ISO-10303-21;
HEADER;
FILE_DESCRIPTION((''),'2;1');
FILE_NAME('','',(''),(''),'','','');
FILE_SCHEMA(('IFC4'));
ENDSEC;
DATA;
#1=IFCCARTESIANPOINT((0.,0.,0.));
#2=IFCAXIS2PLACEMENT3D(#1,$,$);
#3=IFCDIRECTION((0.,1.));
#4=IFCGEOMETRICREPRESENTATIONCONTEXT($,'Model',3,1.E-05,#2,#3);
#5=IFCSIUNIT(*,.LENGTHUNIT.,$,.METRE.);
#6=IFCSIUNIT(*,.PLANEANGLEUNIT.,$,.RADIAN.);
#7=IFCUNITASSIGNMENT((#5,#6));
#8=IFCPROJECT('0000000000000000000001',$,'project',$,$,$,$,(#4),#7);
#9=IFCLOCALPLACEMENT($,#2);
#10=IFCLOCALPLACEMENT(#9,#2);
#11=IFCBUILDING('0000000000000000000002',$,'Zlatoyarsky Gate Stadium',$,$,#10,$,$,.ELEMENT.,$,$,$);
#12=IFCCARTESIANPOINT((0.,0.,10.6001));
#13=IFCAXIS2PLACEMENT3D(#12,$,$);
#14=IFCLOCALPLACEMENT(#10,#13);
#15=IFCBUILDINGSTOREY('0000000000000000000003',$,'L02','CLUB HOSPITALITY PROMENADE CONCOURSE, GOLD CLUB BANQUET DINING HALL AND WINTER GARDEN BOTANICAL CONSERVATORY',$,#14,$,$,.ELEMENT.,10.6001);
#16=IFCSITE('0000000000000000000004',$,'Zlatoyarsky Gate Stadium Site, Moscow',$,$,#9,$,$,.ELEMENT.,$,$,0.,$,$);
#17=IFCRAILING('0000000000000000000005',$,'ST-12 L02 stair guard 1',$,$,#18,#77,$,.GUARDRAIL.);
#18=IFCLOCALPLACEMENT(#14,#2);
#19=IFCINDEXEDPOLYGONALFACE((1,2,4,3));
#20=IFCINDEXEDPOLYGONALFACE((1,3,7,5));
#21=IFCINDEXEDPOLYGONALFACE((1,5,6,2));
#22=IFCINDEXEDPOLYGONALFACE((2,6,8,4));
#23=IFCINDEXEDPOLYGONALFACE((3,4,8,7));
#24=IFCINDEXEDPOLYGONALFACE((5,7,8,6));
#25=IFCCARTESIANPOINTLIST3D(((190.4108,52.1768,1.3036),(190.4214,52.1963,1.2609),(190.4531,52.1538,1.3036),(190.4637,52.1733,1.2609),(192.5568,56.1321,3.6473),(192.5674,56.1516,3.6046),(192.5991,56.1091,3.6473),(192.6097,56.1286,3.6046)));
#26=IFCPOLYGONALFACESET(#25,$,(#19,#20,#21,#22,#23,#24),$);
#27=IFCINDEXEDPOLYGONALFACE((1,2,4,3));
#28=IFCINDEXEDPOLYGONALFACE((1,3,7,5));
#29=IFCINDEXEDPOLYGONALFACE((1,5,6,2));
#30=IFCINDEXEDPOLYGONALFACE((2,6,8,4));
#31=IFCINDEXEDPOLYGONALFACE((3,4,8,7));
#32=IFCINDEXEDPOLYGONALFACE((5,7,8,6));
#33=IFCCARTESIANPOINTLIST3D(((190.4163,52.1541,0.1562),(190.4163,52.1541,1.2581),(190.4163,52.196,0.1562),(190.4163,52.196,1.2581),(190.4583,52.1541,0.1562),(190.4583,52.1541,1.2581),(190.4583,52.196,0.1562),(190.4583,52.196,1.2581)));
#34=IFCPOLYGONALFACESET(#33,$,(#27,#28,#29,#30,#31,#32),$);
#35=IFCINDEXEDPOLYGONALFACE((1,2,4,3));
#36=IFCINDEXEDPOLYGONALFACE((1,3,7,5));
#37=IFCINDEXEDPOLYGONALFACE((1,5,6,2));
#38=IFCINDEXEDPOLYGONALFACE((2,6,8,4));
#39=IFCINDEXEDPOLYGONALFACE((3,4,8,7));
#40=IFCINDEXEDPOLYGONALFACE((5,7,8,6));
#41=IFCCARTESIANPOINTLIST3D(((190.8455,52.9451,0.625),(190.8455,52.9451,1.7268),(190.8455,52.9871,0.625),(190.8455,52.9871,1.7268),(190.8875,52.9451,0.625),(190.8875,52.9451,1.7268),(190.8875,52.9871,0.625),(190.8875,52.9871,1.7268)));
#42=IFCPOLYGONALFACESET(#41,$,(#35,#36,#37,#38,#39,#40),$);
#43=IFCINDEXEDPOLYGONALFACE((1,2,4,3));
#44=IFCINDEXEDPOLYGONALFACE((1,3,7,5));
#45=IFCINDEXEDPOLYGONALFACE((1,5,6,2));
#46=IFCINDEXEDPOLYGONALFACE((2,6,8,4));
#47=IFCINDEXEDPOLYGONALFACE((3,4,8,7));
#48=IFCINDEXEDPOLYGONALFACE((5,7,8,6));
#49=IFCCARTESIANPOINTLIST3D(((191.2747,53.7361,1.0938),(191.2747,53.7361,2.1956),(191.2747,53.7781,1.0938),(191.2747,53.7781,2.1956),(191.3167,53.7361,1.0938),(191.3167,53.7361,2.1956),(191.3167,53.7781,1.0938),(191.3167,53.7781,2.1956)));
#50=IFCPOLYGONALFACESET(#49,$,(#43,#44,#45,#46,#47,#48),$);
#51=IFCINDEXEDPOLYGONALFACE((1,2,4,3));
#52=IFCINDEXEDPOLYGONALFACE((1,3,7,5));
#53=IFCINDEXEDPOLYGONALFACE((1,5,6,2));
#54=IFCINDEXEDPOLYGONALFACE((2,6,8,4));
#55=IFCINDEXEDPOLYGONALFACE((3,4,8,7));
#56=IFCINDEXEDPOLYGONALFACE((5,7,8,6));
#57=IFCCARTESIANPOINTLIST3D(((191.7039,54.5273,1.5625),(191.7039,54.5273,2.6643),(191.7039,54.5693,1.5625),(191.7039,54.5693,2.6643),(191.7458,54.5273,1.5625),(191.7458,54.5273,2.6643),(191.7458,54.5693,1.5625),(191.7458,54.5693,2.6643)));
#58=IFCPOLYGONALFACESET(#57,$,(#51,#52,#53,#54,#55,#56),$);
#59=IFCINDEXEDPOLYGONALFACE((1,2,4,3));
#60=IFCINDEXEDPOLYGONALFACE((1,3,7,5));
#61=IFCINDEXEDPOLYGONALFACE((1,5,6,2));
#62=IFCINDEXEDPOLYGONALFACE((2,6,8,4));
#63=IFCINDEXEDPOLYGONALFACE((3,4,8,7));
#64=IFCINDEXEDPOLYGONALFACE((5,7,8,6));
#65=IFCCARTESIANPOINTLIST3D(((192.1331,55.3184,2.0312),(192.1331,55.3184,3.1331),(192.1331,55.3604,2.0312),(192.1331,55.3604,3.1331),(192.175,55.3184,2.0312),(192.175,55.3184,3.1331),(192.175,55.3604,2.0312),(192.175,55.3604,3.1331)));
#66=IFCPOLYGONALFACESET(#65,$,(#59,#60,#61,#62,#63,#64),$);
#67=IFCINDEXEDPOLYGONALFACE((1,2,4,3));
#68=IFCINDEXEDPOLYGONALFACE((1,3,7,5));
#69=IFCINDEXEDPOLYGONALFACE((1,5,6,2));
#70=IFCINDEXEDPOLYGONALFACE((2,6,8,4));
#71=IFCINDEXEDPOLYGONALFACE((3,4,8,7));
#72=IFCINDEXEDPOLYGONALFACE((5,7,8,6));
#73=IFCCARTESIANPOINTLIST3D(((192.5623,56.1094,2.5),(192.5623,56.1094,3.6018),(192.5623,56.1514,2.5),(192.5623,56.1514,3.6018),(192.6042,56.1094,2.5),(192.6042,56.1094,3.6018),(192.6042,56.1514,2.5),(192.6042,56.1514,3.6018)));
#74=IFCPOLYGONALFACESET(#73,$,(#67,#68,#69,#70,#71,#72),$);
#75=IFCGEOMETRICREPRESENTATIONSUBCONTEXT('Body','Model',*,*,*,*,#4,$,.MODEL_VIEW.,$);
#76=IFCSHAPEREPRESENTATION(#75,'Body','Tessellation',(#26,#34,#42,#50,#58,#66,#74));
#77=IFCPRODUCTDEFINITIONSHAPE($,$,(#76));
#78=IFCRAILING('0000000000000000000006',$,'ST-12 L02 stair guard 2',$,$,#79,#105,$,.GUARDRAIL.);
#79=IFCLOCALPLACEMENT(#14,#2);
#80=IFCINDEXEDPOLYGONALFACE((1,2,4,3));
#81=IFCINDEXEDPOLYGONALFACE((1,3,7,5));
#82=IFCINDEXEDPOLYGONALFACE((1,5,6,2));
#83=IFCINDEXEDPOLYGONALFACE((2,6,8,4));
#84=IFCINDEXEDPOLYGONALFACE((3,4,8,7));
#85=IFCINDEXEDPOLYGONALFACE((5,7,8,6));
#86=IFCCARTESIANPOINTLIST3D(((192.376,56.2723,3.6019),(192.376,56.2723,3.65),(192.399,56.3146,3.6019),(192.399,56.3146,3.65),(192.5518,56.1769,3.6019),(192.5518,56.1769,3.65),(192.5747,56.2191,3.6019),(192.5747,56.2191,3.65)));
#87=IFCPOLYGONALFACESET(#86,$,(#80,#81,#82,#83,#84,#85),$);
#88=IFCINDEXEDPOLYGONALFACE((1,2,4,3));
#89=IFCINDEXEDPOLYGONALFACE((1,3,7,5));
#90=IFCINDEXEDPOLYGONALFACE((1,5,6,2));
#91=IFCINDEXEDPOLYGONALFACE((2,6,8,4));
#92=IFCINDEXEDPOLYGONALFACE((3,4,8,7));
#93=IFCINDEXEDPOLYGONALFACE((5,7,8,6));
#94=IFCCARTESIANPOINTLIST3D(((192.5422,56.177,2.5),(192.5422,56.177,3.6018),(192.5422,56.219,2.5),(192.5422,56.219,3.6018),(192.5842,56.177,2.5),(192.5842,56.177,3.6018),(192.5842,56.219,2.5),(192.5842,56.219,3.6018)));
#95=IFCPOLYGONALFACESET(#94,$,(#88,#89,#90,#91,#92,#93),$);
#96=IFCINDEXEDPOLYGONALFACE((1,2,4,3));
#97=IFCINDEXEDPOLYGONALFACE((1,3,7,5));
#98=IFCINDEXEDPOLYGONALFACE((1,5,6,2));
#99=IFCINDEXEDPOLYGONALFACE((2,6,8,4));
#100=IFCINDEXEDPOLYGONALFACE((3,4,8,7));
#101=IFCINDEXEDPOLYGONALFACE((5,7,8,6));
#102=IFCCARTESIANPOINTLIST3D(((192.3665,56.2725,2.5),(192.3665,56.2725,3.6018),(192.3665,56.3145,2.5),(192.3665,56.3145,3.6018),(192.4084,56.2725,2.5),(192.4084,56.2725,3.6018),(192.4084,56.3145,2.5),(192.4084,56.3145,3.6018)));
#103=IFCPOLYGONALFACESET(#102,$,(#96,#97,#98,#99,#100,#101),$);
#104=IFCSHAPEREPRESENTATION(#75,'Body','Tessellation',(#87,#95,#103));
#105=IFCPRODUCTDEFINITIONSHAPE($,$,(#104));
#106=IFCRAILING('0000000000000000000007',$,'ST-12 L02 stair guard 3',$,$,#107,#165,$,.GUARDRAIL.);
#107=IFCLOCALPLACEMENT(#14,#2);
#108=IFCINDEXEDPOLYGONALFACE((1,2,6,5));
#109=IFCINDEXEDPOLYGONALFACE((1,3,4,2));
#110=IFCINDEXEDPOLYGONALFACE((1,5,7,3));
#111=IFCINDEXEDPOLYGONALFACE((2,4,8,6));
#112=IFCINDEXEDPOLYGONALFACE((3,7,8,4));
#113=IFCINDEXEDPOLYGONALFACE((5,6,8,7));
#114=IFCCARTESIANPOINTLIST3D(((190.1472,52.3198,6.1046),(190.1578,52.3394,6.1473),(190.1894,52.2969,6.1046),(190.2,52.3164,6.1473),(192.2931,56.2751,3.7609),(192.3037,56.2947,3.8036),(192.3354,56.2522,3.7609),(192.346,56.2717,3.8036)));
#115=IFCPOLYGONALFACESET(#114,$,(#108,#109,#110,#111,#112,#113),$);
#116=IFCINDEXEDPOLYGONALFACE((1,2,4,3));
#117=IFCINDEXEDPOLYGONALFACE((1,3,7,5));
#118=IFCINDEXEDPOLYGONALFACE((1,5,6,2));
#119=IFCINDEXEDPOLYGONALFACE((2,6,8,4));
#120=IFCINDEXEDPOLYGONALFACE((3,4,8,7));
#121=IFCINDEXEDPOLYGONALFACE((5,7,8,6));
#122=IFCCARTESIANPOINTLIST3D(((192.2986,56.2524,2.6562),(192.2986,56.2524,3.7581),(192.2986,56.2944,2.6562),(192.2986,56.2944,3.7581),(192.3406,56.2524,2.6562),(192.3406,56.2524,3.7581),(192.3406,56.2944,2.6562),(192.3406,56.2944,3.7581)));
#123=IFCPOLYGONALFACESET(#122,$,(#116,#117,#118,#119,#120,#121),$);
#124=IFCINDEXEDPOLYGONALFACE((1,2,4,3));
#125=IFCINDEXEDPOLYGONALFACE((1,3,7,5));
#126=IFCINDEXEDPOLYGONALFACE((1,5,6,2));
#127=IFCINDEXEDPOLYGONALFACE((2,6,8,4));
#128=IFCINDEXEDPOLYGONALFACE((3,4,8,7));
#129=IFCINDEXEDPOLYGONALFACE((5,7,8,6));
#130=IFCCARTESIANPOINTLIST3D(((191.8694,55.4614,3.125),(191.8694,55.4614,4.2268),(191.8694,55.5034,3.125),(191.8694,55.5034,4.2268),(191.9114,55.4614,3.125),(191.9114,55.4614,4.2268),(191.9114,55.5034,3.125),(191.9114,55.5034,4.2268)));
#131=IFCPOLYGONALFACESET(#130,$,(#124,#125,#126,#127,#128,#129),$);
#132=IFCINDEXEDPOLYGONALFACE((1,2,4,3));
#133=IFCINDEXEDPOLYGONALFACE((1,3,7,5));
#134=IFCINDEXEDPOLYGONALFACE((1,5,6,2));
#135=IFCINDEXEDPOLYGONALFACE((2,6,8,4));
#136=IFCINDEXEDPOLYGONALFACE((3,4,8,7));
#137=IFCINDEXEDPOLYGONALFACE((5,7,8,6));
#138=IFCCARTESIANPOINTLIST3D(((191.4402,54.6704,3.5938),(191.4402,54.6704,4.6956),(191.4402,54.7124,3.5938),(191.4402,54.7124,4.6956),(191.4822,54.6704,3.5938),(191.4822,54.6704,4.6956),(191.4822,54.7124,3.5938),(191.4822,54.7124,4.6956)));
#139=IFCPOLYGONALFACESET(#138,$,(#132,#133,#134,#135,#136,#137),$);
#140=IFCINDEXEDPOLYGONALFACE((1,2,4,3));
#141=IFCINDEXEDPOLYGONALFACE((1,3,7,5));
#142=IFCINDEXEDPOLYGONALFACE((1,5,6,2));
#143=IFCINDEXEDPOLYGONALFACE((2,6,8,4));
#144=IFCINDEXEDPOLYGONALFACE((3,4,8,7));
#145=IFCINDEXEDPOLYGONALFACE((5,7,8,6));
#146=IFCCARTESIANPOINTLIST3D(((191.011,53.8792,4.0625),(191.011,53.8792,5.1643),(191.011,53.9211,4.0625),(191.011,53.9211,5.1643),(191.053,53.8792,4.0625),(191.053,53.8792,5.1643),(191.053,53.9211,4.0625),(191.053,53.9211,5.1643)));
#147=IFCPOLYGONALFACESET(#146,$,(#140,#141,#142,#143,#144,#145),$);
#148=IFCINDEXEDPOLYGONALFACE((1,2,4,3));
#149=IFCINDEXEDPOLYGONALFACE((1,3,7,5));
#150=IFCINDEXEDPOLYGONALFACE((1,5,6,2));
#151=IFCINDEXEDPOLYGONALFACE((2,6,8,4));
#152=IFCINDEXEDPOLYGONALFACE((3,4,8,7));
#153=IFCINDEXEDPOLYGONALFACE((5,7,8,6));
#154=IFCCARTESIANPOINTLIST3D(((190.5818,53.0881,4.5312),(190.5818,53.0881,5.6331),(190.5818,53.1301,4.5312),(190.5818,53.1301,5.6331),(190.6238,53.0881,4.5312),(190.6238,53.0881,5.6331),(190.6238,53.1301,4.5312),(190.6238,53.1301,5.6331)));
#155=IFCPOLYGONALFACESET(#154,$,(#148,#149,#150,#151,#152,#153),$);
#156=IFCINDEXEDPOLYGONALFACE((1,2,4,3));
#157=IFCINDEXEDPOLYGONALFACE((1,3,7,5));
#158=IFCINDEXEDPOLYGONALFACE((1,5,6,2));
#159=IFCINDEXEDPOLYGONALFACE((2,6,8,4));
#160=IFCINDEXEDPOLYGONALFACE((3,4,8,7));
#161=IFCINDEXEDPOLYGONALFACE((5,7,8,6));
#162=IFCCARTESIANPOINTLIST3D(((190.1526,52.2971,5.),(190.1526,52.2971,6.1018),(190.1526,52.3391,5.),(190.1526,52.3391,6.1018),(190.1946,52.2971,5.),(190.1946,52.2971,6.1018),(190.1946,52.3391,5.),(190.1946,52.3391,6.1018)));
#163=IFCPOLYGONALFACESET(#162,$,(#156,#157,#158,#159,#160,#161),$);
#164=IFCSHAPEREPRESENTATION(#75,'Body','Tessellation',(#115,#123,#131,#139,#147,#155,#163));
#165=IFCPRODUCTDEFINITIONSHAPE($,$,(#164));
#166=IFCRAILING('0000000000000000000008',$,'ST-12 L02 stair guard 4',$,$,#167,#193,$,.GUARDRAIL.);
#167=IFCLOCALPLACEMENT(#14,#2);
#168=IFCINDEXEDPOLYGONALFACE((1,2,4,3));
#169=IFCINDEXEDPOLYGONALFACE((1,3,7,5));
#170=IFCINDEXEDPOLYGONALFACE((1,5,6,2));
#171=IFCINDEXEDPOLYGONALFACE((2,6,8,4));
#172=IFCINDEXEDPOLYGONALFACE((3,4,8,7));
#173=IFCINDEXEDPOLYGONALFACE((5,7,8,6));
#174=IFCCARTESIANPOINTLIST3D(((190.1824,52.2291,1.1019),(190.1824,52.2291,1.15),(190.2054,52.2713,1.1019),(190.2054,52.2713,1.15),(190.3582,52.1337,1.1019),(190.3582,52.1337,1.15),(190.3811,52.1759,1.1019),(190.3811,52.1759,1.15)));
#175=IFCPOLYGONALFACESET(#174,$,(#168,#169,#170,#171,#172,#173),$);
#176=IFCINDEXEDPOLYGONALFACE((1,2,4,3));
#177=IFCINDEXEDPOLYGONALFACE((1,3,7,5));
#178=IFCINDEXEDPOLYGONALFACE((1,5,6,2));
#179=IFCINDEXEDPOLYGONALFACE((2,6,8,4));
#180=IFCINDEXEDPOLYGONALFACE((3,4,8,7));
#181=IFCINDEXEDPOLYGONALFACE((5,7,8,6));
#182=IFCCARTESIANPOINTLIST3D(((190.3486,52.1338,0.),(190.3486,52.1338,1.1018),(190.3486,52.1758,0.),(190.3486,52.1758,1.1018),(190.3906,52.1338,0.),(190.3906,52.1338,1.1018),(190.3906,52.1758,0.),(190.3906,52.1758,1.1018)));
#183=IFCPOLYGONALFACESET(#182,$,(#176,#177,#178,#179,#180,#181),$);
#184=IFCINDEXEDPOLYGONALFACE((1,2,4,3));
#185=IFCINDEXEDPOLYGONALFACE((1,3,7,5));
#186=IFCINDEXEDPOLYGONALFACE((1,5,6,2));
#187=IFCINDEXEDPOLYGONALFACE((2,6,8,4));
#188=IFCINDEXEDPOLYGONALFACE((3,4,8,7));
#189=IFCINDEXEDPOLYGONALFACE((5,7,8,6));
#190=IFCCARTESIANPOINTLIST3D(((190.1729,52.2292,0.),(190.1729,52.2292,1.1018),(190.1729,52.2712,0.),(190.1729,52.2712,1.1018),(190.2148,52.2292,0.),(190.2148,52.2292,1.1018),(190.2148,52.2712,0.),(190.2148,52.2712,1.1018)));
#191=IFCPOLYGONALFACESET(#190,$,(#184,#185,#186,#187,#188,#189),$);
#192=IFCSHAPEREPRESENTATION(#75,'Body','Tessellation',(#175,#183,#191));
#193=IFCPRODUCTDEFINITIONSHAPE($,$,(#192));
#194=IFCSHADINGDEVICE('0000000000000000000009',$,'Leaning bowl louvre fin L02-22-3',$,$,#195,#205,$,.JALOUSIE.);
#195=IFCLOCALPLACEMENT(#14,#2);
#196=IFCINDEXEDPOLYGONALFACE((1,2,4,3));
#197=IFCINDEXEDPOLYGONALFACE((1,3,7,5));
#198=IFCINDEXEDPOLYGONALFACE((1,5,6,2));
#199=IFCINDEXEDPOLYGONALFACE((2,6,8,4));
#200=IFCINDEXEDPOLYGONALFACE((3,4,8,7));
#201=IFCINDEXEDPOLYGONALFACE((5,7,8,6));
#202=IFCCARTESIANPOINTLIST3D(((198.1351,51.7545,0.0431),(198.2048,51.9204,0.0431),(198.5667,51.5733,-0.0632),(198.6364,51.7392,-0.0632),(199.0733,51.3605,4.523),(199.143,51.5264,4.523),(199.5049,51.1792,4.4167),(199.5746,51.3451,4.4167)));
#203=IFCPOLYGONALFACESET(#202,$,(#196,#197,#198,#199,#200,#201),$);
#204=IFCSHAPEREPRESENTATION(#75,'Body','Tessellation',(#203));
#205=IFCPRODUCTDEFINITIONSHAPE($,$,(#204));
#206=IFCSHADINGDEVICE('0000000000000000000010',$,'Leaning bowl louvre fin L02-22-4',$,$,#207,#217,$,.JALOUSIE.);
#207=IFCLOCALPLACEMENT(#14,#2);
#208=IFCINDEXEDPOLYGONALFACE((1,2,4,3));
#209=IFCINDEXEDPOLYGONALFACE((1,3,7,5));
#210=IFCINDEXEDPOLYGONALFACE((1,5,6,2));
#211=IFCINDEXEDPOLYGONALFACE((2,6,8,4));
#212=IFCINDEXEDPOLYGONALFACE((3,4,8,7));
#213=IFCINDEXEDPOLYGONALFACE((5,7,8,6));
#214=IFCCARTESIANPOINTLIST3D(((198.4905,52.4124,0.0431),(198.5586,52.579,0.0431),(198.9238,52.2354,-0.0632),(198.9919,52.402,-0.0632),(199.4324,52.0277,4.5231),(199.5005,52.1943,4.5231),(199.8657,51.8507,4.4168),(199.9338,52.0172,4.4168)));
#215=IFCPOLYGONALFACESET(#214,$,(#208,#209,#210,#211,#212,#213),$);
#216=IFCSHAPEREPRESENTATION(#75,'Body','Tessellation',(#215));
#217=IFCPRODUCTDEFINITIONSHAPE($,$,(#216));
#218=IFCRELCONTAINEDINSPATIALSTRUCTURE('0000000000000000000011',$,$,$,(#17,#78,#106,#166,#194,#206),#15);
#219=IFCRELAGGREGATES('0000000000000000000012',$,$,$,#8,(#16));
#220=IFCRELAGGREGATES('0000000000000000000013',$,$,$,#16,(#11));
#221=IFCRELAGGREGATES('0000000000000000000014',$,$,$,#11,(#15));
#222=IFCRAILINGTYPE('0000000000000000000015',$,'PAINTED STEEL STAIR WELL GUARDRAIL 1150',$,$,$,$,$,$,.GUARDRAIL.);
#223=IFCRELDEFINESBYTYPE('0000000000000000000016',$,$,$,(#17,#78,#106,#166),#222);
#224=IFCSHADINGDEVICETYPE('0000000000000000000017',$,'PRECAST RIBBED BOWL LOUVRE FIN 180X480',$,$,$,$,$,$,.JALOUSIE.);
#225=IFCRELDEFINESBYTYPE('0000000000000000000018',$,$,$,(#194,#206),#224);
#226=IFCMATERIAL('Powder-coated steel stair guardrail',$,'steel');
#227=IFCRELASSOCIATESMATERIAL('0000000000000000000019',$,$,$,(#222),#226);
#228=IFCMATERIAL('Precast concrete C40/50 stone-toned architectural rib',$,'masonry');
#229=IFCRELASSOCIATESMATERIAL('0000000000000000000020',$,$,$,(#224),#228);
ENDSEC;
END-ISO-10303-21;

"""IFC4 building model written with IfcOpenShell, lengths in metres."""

from ifc_helpers import new_model, si_unit, direction, frame, origin, origin_2d, place, context, subcontext, project, spatial, rectangle, extrude, material, material_profile, profile_set, type_object, element, save


model = new_model("IFC4")

# Units and contexts
model_context = context("Model", 3, precision=1e-05, world=origin(), true_north=direction((0.0, 1.0)))
body_context = subcontext(model_context, "Body", "Model", "MODEL_VIEW")
ifc_project = project(units=[si_unit("LENGTHUNIT", "METRE"), si_unit("PLANEANGLEUNIT", "RADIAN")], contexts=[model_context])

# Site, building, storey
site_placement = place(None, origin())
site = spatial("IfcSite", under=ifc_project, at=site_placement, Name="Zlatoyarsky Gate Stadium Site, Moscow", CompositionType="ELEMENT", RefElevation=0.0)
building_placement = place(site_placement, origin())
building = spatial("IfcBuilding", under=site, at=building_placement, Name="Zlatoyarsky Gate Stadium", CompositionType="ELEMENT")
storey_placement = place(building_placement, frame((0.0, 0.0, 10.6001)))
storey = spatial("IfcBuildingStorey", under=building, at=storey_placement, Name="L02", Description="CLUB HOSPITALITY PROMENADE CONCOURSE, GOLD CLUB BANQUET DINING HALL AND WINTER GARDEN BOTANICAL CONSERVATORY", CompositionType="ELEMENT", Elevation=10.6001)

# Railings
ifc_material_1 = material(Name="Powder-coated steel stair guardrail", Category="steel")
railing_type_1 = type_object("IfcRailingType", Name="PAINTED STEEL STAIR WELL GUARDRAIL 1150", PredefinedType="GUARDRAIL", material=ifc_material_1)
railing_1_placement = place(storey_placement, frame((190.4373, 52.175, 0.1562)))
element("IfcRailing", 1, at=railing_1_placement, inside=storey, type_object=railing_type_1, Name="ST-12 L02 stair guard 1", PredefinedType="GUARDRAIL", context=body_context, shape_type="SweptSolid", body=[
    extrude(rectangle(XDim=0.0481, YDim=0.0481, at=origin_2d()), frame((0.0, 0.0, 1.126), z_axis=(0.42296, 0.779564, 0.461936), x_axis=(-0.878963, 0.47689, 0.0)), (0.0, 0.0, 1.0), 5.0737),
    extrude(rectangle(XDim=0.042, YDim=0.042, at=origin_2d()), origin(), (0.0, 0.0, 1.0), 1.1018),
    extrude(rectangle(XDim=0.042, YDim=0.042, at=origin_2d()), frame((0.4292, 0.791, 0.4688)), (0.0, 0.0, 1.0), 1.1018),
    extrude(rectangle(XDim=0.042, YDim=0.042, at=origin_2d()), frame((0.8584, 1.582, 0.9375)), (0.0, 0.0, 1.0), 1.1018),
    extrude(rectangle(XDim=0.042, YDim=0.042, at=origin_2d()), frame((1.2876, 2.3733, 1.4062)), (0.0, 0.0, 1.0), 1.1018),
    extrude(rectangle(XDim=0.042, YDim=0.042, at=origin_2d()), frame((1.7168, 3.1643, 1.875)), (0.0, 0.0, 1.0), 1.1018),
    extrude(rectangle(XDim=0.042, YDim=0.042, at=origin_2d()), frame((2.146, 3.9553, 2.3438)), (0.0, 0.0, 1.0), 1.1018),
])
railing_2_placement = place(storey_placement, frame((192.5632, 56.198, 2.5)))
element("IfcRailing", 2, at=railing_2_placement, inside=storey, type_object=railing_type_1, Name="ST-12 L02 stair guard 2", PredefinedType="GUARDRAIL", context=body_context, shape_type="SweptSolid", body=[
    extrude(rectangle(XDim=0.0481, YDim=0.0481, at=origin_2d()), frame((0.0, 0.0, 1.126), z_axis=(-0.87878, 0.477227, 0.0), x_axis=(-0.477227, -0.87878, 0.0)), (0.0, 0.0, 1.0), 0.2),
    extrude(rectangle(XDim=0.042, YDim=0.042, at=origin_2d()), origin(), (0.0, 0.0, 1.0), 1.1018),
    extrude(rectangle(XDim=0.042, YDim=0.042, at=origin_2d()), frame((-0.1758, 0.0955, 0.0)), (0.0, 0.0, 1.0), 1.1018),
])
railing_3_placement = place(storey_placement, frame((192.3196, 56.2734, 2.6562)))
element("IfcRailing", 3, at=railing_3_placement, inside=storey, type_object=railing_type_1, Name="ST-12 L02 stair guard 3", PredefinedType="GUARDRAIL", context=body_context, shape_type="SweptSolid", body=[
    extrude(rectangle(XDim=0.0481, YDim=0.0481, at=origin_2d()), frame((0.0, 0.0, 1.126), z_axis=(-0.42296, -0.779564, 0.461936), x_axis=(0.878963, -0.47689, 0.0)), (0.0, 0.0, 1.0), 5.0737),
    extrude(rectangle(XDim=0.042, YDim=0.042, at=origin_2d()), origin(), (0.0, 0.0, 1.0), 1.1018),
    extrude(rectangle(XDim=0.042, YDim=0.042, at=origin_2d()), frame((-0.4292, -0.791, 0.4688)), (0.0, 0.0, 1.0), 1.1018),
    extrude(rectangle(XDim=0.042, YDim=0.042, at=origin_2d()), frame((-0.8584, -1.582, 0.9375)), (0.0, 0.0, 1.0), 1.1018),
    extrude(rectangle(XDim=0.042, YDim=0.042, at=origin_2d()), frame((-1.2876, -2.3733, 1.4062)), (0.0, 0.0, 1.0), 1.1018),
    extrude(rectangle(XDim=0.042, YDim=0.042, at=origin_2d()), frame((-1.7168, -3.1643, 1.875)), (0.0, 0.0, 1.0), 1.1018),
    extrude(rectangle(XDim=0.042, YDim=0.042, at=origin_2d()), frame((-2.146, -3.9553, 2.3438)), (0.0, 0.0, 1.0), 1.1018),
])
railing_4_placement = place(storey_placement, frame((190.3696, 52.1548, 0.0)))
element("IfcRailing", 4, at=railing_4_placement, inside=storey, type_object=railing_type_1, Name="ST-12 L02 stair guard 4", PredefinedType="GUARDRAIL", context=body_context, shape_type="SweptSolid", body=[
    extrude(rectangle(XDim=0.0481, YDim=0.0481, at=origin_2d()), frame((0.0, 0.0, 1.126), z_axis=(-0.87878, 0.477227, 0.0), x_axis=(-0.477227, -0.87878, 0.0)), (0.0, 0.0, 1.0), 0.2),
    extrude(rectangle(XDim=0.042, YDim=0.042, at=origin_2d()), origin(), (0.0, 0.0, 1.0), 1.1018),
    extrude(rectangle(XDim=0.042, YDim=0.042, at=origin_2d()), frame((-0.1758, 0.0955, 0.0)), (0.0, 0.0, 1.0), 1.1018),
])

# Shading devices
ifc_material_2 = material(Name="Precast concrete C40/50 stone-toned architectural rib", Category="masonry")
ifc_material_profile_1 = material_profile(ifc_material_2, rectangle(XDim=0.1799, YDim=0.48, at=origin_2d()), Name="RIB 180X480")
ifc_profile_set_1 = profile_set([ifc_material_profile_1], Name="Precast concrete C40/50 stone-toned architectural rib")
shading_device_type = type_object("IfcShadingDeviceType", Name="PRECAST RIBBED BOWL LOUVRE FIN 180X480", PredefinedType="JALOUSIE", material=ifc_profile_set_1)
for number, where, z_axis, x_axis, name in (
    (5, (198.3857, 51.7468, -0.01), (0.204225, -0.085771, 0.975159), (0.38722, 0.921987, 0.0), "Leaning bowl louvre fin L02-22-3"),
    (6, (198.7412, 52.4072, -0.01), (0.205024, -0.083753, 0.975167), (0.378166, 0.925738, 0.0), "Leaning bowl louvre fin L02-22-4"),
):
    element("IfcShadingDevice", number, at=place(storey_placement, frame(where, z_axis=z_axis, x_axis=x_axis)), inside=storey, type_object=shading_device_type, Name=name, PredefinedType="JALOUSIE", context=body_context, shape_type="SweptSolid", body=[
        extrude(rectangle(XDim=0.1799, YDim=0.48, at=origin_2d()), origin(), (0.0, 0.0, 1.0), 4.594),
    ])

save(model, "model.ifc")
